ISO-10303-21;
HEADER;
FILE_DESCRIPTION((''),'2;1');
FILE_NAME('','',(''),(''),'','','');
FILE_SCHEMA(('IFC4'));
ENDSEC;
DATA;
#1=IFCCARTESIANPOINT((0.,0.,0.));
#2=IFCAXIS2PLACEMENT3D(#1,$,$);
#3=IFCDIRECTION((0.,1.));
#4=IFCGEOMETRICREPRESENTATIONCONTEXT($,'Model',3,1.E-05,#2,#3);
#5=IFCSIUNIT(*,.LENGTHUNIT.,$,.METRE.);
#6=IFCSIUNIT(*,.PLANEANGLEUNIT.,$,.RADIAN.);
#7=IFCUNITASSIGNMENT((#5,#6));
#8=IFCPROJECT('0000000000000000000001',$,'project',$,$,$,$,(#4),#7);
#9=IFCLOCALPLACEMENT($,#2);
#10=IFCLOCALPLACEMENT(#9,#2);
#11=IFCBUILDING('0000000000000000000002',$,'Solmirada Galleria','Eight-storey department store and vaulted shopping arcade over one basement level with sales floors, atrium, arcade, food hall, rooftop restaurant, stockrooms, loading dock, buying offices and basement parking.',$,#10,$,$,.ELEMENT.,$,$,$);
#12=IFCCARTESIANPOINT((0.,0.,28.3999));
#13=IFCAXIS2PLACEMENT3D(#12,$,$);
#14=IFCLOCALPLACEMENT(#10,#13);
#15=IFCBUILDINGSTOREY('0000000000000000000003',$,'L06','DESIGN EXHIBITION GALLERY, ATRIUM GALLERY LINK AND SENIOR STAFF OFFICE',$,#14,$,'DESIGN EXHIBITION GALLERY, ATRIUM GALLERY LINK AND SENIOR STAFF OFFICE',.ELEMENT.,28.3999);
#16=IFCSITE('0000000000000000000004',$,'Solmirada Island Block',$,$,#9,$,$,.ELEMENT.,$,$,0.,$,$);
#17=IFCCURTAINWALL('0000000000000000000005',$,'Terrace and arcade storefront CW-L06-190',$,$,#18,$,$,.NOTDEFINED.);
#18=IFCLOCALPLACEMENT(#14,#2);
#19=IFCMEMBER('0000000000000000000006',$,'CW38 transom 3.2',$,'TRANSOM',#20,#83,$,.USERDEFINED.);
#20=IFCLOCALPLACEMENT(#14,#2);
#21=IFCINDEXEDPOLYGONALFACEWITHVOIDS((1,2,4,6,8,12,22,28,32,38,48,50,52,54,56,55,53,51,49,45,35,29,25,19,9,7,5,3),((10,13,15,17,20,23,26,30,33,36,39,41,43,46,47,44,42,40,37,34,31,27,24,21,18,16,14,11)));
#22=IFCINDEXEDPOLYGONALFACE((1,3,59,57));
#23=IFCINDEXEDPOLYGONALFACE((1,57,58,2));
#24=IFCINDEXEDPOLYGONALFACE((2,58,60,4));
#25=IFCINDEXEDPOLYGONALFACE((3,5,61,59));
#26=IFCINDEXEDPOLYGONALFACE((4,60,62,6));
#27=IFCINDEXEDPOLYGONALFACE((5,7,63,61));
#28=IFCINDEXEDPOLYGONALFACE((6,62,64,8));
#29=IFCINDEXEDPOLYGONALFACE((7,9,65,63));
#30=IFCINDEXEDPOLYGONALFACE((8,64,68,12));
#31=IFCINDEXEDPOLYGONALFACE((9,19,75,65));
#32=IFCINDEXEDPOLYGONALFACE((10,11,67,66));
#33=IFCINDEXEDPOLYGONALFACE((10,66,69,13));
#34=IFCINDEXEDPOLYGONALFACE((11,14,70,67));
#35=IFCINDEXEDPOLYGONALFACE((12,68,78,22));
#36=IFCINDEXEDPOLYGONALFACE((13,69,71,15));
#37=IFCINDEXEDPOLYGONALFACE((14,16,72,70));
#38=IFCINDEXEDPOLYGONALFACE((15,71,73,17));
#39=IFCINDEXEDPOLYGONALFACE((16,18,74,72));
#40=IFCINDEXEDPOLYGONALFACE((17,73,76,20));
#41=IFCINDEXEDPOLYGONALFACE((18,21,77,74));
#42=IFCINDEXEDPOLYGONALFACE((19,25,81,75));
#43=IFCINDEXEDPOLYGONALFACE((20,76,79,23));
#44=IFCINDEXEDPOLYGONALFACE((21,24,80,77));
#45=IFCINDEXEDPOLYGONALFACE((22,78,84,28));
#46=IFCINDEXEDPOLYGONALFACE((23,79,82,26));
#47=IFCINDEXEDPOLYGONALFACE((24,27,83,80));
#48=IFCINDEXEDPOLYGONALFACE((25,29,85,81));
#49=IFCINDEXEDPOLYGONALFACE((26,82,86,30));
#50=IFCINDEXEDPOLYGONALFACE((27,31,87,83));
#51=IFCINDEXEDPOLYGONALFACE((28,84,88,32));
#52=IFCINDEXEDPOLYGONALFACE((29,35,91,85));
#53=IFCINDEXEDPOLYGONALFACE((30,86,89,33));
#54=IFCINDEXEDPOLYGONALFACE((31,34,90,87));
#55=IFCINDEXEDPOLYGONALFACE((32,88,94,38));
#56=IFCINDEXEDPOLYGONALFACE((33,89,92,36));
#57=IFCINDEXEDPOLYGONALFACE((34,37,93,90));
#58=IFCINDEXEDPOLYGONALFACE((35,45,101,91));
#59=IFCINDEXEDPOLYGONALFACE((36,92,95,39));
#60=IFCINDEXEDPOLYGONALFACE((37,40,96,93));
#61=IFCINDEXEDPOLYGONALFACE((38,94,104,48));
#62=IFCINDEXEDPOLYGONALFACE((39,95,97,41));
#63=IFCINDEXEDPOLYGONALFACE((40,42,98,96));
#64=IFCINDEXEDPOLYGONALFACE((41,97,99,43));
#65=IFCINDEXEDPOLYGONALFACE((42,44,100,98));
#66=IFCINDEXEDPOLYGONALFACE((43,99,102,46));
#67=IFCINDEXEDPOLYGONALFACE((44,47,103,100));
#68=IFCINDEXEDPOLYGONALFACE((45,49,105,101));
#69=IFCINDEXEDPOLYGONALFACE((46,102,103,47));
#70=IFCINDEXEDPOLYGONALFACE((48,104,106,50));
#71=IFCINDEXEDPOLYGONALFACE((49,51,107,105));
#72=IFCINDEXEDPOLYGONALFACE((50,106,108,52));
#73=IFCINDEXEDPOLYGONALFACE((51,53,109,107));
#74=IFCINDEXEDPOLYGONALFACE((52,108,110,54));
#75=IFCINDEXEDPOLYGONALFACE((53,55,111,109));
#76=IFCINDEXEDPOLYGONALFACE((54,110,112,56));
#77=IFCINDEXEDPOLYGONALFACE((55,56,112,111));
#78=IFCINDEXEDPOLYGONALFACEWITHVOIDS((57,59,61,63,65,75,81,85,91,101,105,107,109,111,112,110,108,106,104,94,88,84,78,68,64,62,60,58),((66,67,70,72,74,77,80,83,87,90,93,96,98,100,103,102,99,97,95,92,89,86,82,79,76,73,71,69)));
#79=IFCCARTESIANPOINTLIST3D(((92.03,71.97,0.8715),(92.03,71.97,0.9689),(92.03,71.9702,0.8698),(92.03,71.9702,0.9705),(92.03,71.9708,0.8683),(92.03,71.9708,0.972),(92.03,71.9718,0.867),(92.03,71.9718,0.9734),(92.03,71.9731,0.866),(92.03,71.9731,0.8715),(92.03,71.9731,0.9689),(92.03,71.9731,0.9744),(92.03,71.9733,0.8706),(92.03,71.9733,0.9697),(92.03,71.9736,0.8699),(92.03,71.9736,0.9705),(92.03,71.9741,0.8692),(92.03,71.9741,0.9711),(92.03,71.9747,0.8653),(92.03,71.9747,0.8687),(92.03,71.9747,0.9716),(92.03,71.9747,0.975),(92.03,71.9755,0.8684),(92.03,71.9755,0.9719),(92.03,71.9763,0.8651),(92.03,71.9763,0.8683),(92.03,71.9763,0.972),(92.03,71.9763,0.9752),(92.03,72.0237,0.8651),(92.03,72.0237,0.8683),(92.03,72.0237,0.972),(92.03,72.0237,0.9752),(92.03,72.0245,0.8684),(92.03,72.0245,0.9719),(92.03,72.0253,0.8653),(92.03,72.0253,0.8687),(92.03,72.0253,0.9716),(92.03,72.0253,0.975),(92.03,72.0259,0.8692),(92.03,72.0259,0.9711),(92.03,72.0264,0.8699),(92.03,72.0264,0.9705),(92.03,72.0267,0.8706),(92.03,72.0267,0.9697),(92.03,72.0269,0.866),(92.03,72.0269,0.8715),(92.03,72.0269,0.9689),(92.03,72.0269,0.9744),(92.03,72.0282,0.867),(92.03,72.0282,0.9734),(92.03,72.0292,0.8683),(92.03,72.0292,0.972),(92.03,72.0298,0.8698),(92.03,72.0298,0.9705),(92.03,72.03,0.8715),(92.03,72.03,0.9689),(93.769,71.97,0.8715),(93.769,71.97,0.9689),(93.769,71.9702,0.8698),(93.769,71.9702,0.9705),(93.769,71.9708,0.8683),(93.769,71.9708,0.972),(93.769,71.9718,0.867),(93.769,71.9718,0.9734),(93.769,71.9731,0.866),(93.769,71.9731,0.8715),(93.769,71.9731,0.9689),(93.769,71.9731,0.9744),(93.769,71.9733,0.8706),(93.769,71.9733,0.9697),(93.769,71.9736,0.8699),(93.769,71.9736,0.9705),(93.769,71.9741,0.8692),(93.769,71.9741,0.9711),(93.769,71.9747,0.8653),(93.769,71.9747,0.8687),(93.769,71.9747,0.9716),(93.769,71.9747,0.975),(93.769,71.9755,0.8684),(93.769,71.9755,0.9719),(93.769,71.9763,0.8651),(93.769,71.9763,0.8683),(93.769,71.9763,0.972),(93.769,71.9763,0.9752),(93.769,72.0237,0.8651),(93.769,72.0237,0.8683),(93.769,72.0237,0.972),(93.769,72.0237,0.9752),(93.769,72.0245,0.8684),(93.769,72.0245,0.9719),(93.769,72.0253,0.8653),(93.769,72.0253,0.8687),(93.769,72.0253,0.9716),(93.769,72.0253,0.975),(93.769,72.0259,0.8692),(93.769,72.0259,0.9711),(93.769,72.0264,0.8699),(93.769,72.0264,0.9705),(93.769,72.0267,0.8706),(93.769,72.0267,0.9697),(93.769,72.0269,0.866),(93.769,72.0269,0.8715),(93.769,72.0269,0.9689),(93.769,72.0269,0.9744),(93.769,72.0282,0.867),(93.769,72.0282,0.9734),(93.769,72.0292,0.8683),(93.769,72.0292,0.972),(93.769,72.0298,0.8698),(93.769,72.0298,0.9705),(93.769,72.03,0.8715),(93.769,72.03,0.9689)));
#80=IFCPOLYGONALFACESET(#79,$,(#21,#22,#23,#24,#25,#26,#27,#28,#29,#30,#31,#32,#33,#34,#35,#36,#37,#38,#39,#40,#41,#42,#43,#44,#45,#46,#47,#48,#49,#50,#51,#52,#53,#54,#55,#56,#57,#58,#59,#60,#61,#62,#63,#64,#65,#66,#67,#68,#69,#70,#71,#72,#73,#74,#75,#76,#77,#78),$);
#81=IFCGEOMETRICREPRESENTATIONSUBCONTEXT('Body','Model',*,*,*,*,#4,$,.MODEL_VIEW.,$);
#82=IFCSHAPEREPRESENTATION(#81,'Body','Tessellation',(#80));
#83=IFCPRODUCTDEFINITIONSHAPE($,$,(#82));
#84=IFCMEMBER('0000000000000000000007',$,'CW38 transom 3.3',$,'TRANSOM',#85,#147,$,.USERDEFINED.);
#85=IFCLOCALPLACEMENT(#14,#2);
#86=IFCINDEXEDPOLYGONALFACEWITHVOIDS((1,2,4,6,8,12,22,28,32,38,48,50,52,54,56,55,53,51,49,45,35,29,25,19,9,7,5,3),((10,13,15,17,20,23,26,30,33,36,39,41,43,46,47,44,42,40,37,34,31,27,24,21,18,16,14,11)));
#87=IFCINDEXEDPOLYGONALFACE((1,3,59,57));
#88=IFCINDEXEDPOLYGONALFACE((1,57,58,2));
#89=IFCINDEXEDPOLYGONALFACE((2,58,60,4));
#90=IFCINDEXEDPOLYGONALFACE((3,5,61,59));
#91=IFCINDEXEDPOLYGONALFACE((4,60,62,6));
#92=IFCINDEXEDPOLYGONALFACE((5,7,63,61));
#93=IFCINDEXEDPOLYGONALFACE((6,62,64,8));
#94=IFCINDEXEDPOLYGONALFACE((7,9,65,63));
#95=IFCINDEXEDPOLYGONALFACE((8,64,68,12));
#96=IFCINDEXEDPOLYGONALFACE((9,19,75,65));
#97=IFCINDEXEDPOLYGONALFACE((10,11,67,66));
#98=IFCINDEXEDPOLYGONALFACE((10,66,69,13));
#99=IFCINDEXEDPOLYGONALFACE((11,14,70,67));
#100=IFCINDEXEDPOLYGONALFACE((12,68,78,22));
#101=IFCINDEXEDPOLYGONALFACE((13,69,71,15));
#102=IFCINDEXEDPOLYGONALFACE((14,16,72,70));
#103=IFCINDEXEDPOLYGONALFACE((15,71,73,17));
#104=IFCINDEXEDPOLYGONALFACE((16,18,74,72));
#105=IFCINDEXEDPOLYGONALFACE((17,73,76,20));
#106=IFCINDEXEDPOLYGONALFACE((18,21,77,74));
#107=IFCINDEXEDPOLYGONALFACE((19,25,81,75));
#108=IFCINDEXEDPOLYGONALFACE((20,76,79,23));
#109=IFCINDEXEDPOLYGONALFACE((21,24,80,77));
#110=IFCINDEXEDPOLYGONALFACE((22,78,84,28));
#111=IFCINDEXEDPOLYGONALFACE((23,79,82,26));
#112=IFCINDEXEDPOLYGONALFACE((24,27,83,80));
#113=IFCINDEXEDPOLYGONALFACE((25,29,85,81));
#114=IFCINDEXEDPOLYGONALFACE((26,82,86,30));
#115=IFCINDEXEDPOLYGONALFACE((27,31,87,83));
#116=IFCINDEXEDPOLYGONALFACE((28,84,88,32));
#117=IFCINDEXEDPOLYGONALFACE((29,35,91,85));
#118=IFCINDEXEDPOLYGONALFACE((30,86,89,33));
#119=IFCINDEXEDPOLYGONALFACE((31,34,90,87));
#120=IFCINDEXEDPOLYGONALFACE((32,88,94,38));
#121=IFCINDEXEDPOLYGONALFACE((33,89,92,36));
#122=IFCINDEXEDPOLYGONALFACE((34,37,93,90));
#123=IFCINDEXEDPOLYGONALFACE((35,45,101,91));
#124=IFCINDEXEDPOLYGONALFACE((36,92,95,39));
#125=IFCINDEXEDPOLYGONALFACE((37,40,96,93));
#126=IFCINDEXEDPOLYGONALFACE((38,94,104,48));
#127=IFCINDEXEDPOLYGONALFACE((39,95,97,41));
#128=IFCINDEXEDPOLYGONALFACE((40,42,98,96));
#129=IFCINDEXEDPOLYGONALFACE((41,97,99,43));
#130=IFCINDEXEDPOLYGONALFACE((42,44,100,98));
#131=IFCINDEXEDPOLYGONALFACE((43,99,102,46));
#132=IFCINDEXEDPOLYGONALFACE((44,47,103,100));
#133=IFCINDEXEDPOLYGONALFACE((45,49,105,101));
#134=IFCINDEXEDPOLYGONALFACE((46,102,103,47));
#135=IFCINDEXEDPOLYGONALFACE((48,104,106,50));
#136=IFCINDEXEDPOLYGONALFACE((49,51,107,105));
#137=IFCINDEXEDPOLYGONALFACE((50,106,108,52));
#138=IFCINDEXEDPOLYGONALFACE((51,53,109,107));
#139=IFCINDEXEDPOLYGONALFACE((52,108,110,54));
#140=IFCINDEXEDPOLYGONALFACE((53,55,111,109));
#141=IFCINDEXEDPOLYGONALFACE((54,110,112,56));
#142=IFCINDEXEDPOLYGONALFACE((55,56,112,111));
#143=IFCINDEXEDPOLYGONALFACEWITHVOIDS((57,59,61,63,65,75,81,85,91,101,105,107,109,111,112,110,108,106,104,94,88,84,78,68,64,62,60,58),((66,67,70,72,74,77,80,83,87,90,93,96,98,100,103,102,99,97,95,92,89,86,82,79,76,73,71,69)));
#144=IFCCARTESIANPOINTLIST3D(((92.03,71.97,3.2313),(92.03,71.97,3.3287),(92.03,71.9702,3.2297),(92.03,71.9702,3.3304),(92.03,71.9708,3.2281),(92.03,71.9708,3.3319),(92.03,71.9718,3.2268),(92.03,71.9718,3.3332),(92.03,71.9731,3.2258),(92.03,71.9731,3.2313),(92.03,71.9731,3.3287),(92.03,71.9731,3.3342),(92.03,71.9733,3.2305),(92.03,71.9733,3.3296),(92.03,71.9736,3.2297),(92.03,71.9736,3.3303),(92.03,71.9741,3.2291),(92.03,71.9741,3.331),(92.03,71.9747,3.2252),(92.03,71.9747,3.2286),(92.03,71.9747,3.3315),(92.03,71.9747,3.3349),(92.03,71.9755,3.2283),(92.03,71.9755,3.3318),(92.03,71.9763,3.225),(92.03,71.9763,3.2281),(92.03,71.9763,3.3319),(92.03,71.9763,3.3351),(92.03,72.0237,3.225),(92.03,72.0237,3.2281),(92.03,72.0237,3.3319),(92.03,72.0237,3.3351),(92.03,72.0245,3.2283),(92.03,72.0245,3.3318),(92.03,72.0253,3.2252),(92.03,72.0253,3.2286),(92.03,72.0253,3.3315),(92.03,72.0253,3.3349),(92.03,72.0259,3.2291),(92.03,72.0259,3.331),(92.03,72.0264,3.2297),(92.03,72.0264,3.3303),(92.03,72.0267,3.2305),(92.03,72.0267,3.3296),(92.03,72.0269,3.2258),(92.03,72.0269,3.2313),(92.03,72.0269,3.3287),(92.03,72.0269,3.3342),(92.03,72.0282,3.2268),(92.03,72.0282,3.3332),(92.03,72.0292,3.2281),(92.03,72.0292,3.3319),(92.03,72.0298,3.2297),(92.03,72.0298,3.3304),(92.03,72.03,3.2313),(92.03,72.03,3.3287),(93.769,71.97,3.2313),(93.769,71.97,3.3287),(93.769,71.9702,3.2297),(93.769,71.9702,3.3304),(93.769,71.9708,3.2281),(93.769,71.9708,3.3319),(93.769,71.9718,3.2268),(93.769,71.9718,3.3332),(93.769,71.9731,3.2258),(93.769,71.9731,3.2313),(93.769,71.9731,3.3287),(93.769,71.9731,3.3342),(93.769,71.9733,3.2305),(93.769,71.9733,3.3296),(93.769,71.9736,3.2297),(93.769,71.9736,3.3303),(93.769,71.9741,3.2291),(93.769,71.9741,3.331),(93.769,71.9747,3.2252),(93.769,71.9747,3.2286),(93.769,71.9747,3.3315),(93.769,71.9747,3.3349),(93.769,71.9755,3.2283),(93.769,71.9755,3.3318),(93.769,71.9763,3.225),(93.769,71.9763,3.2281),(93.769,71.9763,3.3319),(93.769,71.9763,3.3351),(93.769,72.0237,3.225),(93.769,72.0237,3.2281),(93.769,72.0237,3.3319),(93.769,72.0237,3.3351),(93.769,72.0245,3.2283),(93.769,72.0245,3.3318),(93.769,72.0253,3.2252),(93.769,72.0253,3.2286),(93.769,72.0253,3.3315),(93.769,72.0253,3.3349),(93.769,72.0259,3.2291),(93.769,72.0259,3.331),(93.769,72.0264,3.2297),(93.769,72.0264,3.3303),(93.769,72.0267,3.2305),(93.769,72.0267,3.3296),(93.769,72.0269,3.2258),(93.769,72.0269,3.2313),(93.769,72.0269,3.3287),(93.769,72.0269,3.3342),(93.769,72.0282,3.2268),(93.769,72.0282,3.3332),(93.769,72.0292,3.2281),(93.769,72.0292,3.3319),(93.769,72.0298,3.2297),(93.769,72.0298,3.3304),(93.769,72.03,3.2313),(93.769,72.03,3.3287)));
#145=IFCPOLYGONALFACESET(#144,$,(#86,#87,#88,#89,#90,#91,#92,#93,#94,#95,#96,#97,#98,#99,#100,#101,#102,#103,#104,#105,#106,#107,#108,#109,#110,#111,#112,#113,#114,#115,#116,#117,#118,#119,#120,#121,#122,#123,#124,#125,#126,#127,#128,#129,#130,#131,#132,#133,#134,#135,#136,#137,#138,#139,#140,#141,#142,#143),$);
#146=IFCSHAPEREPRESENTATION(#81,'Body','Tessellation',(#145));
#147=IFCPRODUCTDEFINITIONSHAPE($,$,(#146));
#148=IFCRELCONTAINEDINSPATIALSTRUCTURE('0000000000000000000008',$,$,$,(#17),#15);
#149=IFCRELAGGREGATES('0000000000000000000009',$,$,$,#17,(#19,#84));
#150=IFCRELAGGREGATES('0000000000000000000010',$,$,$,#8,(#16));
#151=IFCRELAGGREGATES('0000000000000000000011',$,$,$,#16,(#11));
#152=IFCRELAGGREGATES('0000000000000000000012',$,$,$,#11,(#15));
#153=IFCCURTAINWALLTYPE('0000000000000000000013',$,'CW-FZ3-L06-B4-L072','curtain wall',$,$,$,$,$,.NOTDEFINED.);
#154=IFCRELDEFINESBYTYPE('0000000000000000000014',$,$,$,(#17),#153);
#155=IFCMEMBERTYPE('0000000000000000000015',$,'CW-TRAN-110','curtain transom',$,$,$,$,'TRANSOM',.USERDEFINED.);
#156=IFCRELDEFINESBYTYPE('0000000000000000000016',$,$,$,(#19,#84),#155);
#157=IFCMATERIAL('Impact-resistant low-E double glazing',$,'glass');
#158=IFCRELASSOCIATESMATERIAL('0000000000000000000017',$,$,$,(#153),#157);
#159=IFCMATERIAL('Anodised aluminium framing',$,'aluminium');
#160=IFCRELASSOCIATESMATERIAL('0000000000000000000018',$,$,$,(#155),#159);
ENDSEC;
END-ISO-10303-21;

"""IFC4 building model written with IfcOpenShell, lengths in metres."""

from ifc_helpers import new_model, si_unit, direction, frame, origin, origin_2d, place, context, subcontext, project, spatial, hollow_rectangle, extrude, material, material_profile, profile_set, type_object, element, aggregate, save


model = new_model("IFC4")

# Units and contexts
model_context = context("Model", 3, precision=1e-05, world=origin(), true_north=direction((0.0, 1.0)))
body_context = subcontext(model_context, "Body", "Model", "MODEL_VIEW")
ifc_project = project(units=[si_unit("LENGTHUNIT", "METRE"), si_unit("PLANEANGLEUNIT", "RADIAN")], contexts=[model_context])

# Site, building, storey
site_placement = place(None, origin())
site = spatial("IfcSite", under=ifc_project, at=site_placement, Name="Solmirada Island Block", CompositionType="ELEMENT", RefElevation=0.0)
building_placement = place(site_placement, origin())
building = spatial("IfcBuilding", under=site, at=building_placement, Name="Solmirada Galleria", Description="Eight-storey department store and vaulted shopping arcade over one basement level with sales floors, atrium, arcade, food hall, rooftop restaurant, stockrooms, loading dock, buying offices and basement parking.", CompositionType="ELEMENT")
storey_placement = place(building_placement, frame((0.0, 0.0, 28.3999)))
storey = spatial("IfcBuildingStorey", under=building, at=storey_placement, Name="L06", Description="DESIGN EXHIBITION GALLERY, ATRIUM GALLERY LINK AND SENIOR STAFF OFFICE", LongName="DESIGN EXHIBITION GALLERY, ATRIUM GALLERY LINK AND SENIOR STAFF OFFICE", CompositionType="ELEMENT", Elevation=28.3999)

# Shared definitions
ifc_material_1 = material(Name="Impact-resistant low-E double glazing", Category="glass")
curtain_wall_type = type_object("IfcCurtainWallType", Name="CW-FZ3-L06-B4-L072", Description="curtain wall", PredefinedType="NOTDEFINED", material=ifc_material_1)
ifc_material_2 = material(Name="Anodised aluminium framing", Category="aluminium")

# Curtain wall, members
curtain_wall_1_placement = place(storey_placement, origin())
curtain_wall_1 = element("IfcCurtainWall", 1, at=curtain_wall_1_placement, inside=storey, type_object=curtain_wall_type, Name="Terrace and arcade storefront CW-L06-190", PredefinedType="NOTDEFINED")
ifc_material_profile_1 = material_profile(ifc_material_2, hollow_rectangle(XDim=0.0601, YDim=0.1101, WallThickness=0.0032, InnerFilletRadius=0.0032, OuterFilletRadius=0.0063, at=origin_2d()), Name="ALU-TRAN-110X60")
ifc_profile_set_1 = profile_set([ifc_material_profile_1], Name="Anodised aluminium framing")
member_type_1 = type_object("IfcMemberType", Name="CW-TRAN-110", Description="curtain transom", ElementType="TRANSOM", PredefinedType="USERDEFINED", material=ifc_profile_set_1)
member_1_placement = place(storey_placement, frame((92.03, 72.0, 0.9202), z_axis=(1.0, 0.0, 0.0), x_axis=(0.0, 1.0, 0.0)))
member_1 = element("IfcMember", 2, at=member_1_placement, type_object=member_type_1, Name="CW38 transom 3.2", ObjectType="TRANSOM", PredefinedType="USERDEFINED", context=body_context, shape_type="SweptSolid", body=[
    extrude(hollow_rectangle(XDim=0.0601, YDim=0.1101, WallThickness=0.0032, InnerFilletRadius=0.0032, OuterFilletRadius=0.0063, at=origin_2d()), origin(), (0.0, 0.0, 1.0), 1.739),
])
member_2_placement = place(storey_placement, frame((92.03, 72.0, 3.28), z_axis=(1.0, 0.0, 0.0), x_axis=(0.0, 1.0, 0.0)))
member_2 = element("IfcMember", 3, at=member_2_placement, type_object=member_type_1, Name="CW38 transom 3.3", ObjectType="TRANSOM", PredefinedType="USERDEFINED", context=body_context, shape_type="SweptSolid", body=[
    extrude(hollow_rectangle(XDim=0.0601, YDim=0.1101, WallThickness=0.0032, InnerFilletRadius=0.0032, OuterFilletRadius=0.0063, at=origin_2d()), origin(), (0.0, 0.0, 1.0), 1.739),
])

aggregate(curtain_wall_1, [member_1, member_2])

save(model, "model.ifc")
